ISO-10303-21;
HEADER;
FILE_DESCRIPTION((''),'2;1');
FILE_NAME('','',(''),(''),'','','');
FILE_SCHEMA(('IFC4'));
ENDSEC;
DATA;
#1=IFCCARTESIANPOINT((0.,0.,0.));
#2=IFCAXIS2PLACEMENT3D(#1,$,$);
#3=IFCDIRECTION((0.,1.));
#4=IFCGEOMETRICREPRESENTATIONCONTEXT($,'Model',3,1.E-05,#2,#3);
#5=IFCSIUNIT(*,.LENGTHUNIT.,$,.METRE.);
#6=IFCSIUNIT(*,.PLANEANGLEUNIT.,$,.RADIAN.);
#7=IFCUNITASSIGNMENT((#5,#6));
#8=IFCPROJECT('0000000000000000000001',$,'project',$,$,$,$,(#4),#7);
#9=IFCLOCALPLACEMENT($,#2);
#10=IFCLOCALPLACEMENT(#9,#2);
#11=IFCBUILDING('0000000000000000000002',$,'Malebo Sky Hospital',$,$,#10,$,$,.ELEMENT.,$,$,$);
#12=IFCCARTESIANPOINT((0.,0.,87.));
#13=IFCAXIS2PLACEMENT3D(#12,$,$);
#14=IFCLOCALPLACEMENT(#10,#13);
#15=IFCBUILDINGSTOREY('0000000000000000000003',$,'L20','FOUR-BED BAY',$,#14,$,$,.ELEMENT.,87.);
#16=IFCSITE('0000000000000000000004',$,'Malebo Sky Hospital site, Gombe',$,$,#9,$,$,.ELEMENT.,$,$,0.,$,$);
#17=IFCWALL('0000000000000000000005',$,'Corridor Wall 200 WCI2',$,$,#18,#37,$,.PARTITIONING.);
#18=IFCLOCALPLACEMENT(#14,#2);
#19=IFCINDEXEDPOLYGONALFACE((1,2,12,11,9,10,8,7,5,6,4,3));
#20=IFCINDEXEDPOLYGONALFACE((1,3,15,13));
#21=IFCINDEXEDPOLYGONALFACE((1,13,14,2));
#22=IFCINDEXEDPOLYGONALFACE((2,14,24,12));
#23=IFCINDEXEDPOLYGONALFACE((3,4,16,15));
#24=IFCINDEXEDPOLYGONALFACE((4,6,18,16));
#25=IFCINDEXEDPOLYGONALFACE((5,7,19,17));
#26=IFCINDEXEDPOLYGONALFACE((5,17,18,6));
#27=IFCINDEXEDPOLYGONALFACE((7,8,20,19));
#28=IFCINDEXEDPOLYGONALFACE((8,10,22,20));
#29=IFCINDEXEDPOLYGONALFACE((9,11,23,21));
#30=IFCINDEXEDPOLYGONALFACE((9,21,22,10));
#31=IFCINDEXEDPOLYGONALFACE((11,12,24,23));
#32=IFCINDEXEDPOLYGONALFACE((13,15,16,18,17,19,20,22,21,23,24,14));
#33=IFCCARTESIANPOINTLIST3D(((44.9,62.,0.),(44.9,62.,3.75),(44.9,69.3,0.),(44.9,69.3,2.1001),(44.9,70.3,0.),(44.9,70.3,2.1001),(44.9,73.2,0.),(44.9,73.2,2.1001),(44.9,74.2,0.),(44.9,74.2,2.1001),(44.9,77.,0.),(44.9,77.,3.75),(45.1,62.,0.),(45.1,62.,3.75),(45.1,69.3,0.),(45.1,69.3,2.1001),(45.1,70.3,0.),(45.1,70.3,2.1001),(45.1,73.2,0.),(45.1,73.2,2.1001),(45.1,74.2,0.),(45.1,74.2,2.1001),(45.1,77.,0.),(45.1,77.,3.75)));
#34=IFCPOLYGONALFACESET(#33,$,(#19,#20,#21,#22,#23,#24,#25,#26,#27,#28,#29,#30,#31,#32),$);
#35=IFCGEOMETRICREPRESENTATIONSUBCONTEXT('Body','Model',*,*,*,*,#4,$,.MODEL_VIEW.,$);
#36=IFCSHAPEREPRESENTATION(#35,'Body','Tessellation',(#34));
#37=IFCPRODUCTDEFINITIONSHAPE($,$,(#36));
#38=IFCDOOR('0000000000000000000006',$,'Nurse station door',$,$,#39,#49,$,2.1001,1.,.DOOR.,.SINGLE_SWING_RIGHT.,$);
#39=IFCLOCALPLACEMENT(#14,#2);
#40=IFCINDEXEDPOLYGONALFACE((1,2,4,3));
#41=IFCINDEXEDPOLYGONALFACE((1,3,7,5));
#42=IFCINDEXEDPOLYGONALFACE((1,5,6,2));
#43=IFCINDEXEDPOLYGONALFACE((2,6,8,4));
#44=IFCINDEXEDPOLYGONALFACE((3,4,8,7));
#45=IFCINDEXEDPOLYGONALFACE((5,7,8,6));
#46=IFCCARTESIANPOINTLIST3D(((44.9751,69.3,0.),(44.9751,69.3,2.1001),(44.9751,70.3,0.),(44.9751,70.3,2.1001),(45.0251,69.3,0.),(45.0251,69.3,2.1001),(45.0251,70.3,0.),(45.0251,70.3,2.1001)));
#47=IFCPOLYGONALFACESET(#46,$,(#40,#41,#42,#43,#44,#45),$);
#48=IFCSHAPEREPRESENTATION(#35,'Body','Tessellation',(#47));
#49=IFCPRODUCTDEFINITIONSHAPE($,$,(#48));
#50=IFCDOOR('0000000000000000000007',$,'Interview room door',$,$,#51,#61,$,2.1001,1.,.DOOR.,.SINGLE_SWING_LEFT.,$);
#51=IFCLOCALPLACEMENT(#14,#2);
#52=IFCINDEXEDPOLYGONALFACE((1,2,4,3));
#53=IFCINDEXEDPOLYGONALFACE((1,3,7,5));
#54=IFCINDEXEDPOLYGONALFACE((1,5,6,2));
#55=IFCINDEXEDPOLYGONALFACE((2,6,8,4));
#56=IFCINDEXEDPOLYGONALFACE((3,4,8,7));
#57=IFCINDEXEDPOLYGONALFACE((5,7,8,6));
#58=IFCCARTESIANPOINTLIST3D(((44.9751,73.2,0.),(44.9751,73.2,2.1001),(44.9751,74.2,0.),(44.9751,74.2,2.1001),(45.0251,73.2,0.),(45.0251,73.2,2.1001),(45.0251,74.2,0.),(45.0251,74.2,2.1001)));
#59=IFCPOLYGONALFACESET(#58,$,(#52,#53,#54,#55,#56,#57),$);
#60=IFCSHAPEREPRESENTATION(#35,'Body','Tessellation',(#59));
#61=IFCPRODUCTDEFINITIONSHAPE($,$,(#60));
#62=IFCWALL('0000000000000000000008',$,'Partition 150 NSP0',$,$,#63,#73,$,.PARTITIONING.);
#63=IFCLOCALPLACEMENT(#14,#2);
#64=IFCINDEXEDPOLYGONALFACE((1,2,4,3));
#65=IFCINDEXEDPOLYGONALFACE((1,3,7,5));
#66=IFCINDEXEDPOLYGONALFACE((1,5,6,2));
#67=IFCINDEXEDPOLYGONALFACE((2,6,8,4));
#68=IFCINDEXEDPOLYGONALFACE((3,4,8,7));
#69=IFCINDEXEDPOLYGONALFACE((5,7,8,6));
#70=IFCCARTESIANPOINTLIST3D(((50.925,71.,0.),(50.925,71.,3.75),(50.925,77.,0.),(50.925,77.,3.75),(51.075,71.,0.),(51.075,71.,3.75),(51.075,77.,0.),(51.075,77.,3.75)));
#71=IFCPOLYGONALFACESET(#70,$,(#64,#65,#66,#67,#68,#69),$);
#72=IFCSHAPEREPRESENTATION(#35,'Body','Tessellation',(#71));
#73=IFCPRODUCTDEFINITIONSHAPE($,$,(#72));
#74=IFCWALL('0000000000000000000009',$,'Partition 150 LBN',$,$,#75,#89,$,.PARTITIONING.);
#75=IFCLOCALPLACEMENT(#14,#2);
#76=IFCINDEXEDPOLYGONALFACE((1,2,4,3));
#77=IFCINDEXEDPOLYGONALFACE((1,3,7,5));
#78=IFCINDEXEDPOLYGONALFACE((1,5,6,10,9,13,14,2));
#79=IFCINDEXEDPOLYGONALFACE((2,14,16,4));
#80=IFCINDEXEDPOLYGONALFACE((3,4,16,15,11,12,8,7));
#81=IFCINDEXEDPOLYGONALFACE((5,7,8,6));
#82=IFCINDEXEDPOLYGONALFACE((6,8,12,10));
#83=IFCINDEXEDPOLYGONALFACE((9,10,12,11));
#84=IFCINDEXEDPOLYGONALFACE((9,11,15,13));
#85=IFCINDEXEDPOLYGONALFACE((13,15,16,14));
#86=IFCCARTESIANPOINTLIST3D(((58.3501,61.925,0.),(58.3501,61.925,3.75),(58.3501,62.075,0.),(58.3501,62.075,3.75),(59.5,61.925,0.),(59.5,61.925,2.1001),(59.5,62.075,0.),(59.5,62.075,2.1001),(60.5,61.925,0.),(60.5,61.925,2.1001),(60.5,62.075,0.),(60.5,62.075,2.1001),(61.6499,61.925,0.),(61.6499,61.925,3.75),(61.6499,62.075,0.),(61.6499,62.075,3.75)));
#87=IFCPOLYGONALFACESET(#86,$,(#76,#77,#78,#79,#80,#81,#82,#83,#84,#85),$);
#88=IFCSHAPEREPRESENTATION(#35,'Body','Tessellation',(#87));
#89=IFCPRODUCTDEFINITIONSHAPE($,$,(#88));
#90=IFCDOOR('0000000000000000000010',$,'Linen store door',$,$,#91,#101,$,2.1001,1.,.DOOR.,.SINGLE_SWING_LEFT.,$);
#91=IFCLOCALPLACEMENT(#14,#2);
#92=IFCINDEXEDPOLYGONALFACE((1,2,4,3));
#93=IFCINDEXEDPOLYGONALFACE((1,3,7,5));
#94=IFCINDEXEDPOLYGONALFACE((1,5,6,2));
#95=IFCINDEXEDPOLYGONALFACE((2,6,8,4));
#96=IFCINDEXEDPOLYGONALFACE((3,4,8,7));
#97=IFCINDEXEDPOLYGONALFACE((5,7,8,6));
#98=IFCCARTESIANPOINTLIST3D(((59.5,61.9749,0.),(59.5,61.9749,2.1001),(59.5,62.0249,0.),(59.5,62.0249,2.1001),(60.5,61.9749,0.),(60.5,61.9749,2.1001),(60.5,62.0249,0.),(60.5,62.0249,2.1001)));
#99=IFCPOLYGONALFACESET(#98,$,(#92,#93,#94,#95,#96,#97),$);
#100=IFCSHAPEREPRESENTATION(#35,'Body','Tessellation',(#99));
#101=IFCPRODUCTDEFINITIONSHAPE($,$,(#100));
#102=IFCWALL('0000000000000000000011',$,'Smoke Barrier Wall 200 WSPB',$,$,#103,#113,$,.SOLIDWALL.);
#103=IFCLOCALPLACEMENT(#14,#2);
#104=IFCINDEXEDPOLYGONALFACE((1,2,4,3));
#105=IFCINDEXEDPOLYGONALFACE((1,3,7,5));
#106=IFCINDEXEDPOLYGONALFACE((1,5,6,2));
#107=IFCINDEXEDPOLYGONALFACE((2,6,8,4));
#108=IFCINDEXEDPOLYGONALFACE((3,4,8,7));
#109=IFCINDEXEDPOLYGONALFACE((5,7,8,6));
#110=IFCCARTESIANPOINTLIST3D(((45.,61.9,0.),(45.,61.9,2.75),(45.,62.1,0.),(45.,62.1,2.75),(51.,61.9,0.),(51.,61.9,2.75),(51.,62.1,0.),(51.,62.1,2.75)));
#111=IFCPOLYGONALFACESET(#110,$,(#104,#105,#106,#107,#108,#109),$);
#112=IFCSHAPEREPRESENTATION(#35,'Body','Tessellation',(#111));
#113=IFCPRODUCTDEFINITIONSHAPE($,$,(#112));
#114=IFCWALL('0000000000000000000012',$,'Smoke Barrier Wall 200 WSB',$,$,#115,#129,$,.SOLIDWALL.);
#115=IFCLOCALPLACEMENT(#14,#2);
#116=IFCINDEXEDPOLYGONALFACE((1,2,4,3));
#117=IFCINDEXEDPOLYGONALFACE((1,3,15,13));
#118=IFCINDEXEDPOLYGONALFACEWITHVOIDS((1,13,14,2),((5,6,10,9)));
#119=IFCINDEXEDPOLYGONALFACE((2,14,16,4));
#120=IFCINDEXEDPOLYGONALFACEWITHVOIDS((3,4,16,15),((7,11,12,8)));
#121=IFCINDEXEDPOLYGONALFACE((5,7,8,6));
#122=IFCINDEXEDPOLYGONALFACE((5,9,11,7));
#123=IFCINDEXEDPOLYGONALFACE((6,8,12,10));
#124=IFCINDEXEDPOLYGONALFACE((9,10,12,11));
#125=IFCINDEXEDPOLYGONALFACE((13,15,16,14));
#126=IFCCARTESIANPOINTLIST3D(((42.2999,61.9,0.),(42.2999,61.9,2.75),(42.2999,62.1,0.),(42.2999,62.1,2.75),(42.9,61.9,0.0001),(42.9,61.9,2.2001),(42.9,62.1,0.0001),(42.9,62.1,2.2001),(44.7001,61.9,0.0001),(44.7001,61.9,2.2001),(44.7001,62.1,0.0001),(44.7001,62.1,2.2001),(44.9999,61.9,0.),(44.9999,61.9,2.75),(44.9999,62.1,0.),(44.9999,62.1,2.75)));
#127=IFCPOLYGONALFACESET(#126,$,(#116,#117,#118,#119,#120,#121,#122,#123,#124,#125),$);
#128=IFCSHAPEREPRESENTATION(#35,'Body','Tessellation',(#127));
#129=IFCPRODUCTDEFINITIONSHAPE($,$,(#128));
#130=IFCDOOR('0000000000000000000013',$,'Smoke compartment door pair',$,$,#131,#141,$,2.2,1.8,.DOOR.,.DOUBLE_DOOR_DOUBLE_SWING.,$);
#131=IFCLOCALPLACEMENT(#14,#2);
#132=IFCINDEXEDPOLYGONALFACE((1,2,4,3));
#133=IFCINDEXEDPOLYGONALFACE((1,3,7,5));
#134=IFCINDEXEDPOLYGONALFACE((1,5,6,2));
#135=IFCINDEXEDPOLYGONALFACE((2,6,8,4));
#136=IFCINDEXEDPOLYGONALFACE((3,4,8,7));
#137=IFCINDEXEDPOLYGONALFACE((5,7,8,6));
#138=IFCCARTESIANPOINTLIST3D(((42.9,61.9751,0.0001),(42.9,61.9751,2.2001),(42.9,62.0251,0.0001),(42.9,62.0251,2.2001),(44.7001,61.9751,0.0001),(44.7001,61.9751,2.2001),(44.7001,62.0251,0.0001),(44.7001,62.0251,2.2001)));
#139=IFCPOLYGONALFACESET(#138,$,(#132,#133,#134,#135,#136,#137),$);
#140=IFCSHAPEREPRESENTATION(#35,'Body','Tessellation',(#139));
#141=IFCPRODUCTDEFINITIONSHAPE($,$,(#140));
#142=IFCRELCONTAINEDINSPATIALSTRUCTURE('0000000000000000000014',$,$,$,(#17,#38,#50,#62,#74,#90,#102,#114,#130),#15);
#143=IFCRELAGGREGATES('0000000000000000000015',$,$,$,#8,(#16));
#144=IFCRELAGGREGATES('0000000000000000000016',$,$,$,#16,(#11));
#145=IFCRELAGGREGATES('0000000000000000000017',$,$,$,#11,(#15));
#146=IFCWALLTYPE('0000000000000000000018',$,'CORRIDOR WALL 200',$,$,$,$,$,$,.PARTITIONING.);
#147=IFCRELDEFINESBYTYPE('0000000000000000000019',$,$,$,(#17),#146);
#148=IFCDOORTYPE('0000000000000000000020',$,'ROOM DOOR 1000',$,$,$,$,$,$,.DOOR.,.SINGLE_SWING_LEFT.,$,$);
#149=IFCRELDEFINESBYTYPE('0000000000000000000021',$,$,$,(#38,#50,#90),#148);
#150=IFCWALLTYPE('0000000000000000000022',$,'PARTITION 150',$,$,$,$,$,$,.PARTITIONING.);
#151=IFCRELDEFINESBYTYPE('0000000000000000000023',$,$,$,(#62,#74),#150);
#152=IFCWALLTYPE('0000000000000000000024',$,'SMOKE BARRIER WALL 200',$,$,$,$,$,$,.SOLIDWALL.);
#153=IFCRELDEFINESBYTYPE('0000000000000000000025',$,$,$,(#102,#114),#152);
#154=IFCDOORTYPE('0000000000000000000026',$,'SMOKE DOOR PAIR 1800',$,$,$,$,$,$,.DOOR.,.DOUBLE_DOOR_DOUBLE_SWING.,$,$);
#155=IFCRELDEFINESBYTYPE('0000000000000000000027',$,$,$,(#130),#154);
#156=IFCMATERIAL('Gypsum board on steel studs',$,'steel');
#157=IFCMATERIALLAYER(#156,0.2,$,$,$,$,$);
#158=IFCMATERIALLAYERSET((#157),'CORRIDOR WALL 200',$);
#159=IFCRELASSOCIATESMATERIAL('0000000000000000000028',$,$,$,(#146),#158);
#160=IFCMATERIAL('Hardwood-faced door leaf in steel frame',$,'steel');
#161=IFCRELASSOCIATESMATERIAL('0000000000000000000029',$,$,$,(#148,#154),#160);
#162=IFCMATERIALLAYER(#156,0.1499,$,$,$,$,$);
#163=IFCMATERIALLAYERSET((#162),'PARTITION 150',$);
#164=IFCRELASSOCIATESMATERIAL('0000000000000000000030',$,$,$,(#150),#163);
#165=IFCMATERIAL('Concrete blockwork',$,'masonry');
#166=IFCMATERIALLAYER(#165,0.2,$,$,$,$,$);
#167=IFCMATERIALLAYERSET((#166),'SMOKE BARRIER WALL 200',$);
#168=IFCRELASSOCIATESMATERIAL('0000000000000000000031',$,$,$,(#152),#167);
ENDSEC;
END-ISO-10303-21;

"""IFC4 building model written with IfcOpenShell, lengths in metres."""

from ifc_helpers import new_model, si_unit, direction, frame, frame_2d, origin, place, context, subcontext, project, spatial, rectangle, extrude, material, layer, layer_set, type_object, element, fill, save


model = new_model("IFC4")

# Units and contexts
model_context = context("Model", 3, precision=1e-05, world=origin(), true_north=direction((0.0, 1.0)))
body_context = subcontext(model_context, "Body", "Model", "MODEL_VIEW")
ifc_project = project(units=[si_unit("LENGTHUNIT", "METRE"), si_unit("PLANEANGLEUNIT", "RADIAN")], contexts=[model_context])

# Site, building, storey
site_placement = place(None, origin())
site = spatial("IfcSite", under=ifc_project, at=site_placement, Name="Malebo Sky Hospital site, Gombe", CompositionType="ELEMENT", RefElevation=0.0)
building_placement = place(site_placement, origin())
building = spatial("IfcBuilding", under=site, at=building_placement, Name="Malebo Sky Hospital", CompositionType="ELEMENT")
storey_placement = place(building_placement, frame((0.0, 0.0, 87.0)))
storey = spatial("IfcBuildingStorey", under=building, at=storey_placement, Name="L20", Description="FOUR-BED BAY", CompositionType="ELEMENT", Elevation=87.0)

# Shared definitions
ifc_material_1 = material(Name="Hardwood-faced door leaf in steel frame", Category="steel")

# Wall, openings, doors
ifc_material_2 = material(Name="Gypsum board on steel studs", Category="steel")
ifc_layer_1 = layer(ifc_material_2, 0.2)
ifc_layer_set_1 = layer_set([ifc_layer_1], Name="CORRIDOR WALL 200")
wall_type_1 = type_object("IfcWallType", Name="CORRIDOR WALL 200", PredefinedType="PARTITIONING", material=ifc_layer_set_1)
wall_1_placement = place(storey_placement, frame((45.0, 62.0, 0.0), z_axis=(0.0, 0.0, 1.0), x_axis=(0.0, 1.0, 0.0)))
wall_1 = element("IfcWall", 1, at=wall_1_placement, inside=storey, type_object=wall_type_1, Name="Corridor Wall 200 WCI2", PredefinedType="PARTITIONING", context=body_context, shape_type="SweptSolid", body=[
    extrude(rectangle(XDim=15.0, YDim=0.2, at=frame_2d((7.5, 0.0))), origin(), (0.0, 0.0, 1.0), 3.75),
])
opening_1_placement = place(wall_1_placement, frame((7.3, 0.0, 0.0)))
opening_1 = element("IfcOpeningElement", 2, at=opening_1_placement, cuts=wall_1, PredefinedType="OPENING", context=body_context, shape_type="SweptSolid", body=[
    extrude(rectangle(XDim=1.0, YDim=2.1001, at=frame_2d((0.5, 1.05))), frame((0.0, 0.1099, 0.0), z_axis=(0.0, -1.0, 0.0), x_axis=(1.0, 0.0, 0.0)), (0.0, 0.0, 1.0), 0.22),
])
opening_2_placement = place(wall_1_placement, frame((11.2, 0.0, 0.0)))
opening_2 = element("IfcOpeningElement", 3, at=opening_2_placement, cuts=wall_1, PredefinedType="OPENING", context=body_context, shape_type="SweptSolid", body=[
    extrude(rectangle(XDim=1.0, YDim=2.1001, at=frame_2d((0.5, 1.05))), frame((0.0, 0.1099, 0.0), z_axis=(0.0, -1.0, 0.0), x_axis=(1.0, 0.0, 0.0)), (0.0, 0.0, 1.0), 0.22),
])
door_type_1 = type_object("IfcDoorType", Name="ROOM DOOR 1000", OperationType="SINGLE_SWING_LEFT", PredefinedType="DOOR", material=ifc_material_1)
door_1_placement = place(opening_1_placement, origin())
door_1 = element("IfcDoor", 4, at=door_1_placement, inside=storey, type_object=door_type_1, Name="Nurse station door", OperationType="SINGLE_SWING_RIGHT", OverallHeight=2.1001, OverallWidth=1.0, PredefinedType="DOOR", context=body_context, shape_type="SweptSolid", body=[
    extrude(rectangle(XDim=1.0, YDim=2.1001, at=frame_2d((0.5, 1.05))), frame((0.0, 0.0249, 0.0), z_axis=(0.0, -1.0, 0.0), x_axis=(1.0, 0.0, 0.0)), (0.0, 0.0, 1.0), 0.05),
])
fill(opening_1, door_1)
door_2_placement = place(opening_2_placement, origin())
door_2 = element("IfcDoor", 5, at=door_2_placement, inside=storey, type_object=door_type_1, Name="Interview room door", OperationType="SINGLE_SWING_LEFT", OverallHeight=2.1001, OverallWidth=1.0, PredefinedType="DOOR", context=body_context, shape_type="SweptSolid", body=[
    extrude(rectangle(XDim=1.0, YDim=2.1001, at=frame_2d((0.5, 1.05))), frame((0.0, 0.0249, 0.0), z_axis=(0.0, -1.0, 0.0), x_axis=(1.0, 0.0, 0.0)), (0.0, 0.0, 1.0), 0.05),
])
fill(opening_2, door_2)

# Wall
ifc_layer_2 = layer(ifc_material_2, 0.1499)
ifc_layer_set_2 = layer_set([ifc_layer_2], Name="PARTITION 150")
wall_type_2 = type_object("IfcWallType", Name="PARTITION 150", PredefinedType="PARTITIONING", material=ifc_layer_set_2)
wall_2_placement = place(storey_placement, frame((51.0, 71.0, 0.0), z_axis=(0.0, 0.0, 1.0), x_axis=(0.0, 1.0, 0.0)))
element("IfcWall", 6, at=wall_2_placement, inside=storey, type_object=wall_type_2, Name="Partition 150 NSP0", PredefinedType="PARTITIONING", context=body_context, shape_type="SweptSolid", body=[
    extrude(rectangle(XDim=6.0, YDim=0.1499, at=frame_2d((3.0, 0.0))), origin(), (0.0, 0.0, 1.0), 3.75),
])

# Wall, opening, door
wall_3_placement = place(storey_placement, frame((58.3501, 62.0, 0.0), z_axis=(0.0, 0.0, 1.0), x_axis=(1.0, 0.0, 0.0)))
wall_3 = element("IfcWall", 7, at=wall_3_placement, inside=storey, type_object=wall_type_2, Name="Partition 150 LBN", PredefinedType="PARTITIONING", context=body_context, shape_type="SweptSolid", body=[
    extrude(rectangle(XDim=3.2998, YDim=0.1499, at=frame_2d((1.6499, 0.0))), origin(), (0.0, 0.0, 1.0), 3.75),
])
opening_3_placement = place(wall_3_placement, frame((1.1499, 0.0, 0.0)))
opening_3 = element("IfcOpeningElement", 8, at=opening_3_placement, cuts=wall_3, PredefinedType="OPENING", context=body_context, shape_type="SweptSolid", body=[
    extrude(rectangle(XDim=1.0, YDim=2.1001, at=frame_2d((0.5, 1.05))), frame((0.0, 0.085, 0.0), z_axis=(0.0, -1.0, 0.0), x_axis=(1.0, 0.0, 0.0)), (0.0, 0.0, 1.0), 0.1699),
])
door_3_placement = place(opening_3_placement, origin())
door_3 = element("IfcDoor", 9, at=door_3_placement, inside=storey, type_object=door_type_1, Name="Linen store door", OperationType="SINGLE_SWING_LEFT", OverallHeight=2.1001, OverallWidth=1.0, PredefinedType="DOOR", context=body_context, shape_type="SweptSolid", body=[
    extrude(rectangle(XDim=1.0, YDim=2.1001, at=frame_2d((0.5, 1.05))), frame((0.0, 0.0249, 0.0), z_axis=(0.0, -1.0, 0.0), x_axis=(1.0, 0.0, 0.0)), (0.0, 0.0, 1.0), 0.05),
])
fill(opening_3, door_3)

# Wall
ifc_material_3 = material(Name="Concrete blockwork", Category="masonry")
ifc_layer_3 = layer(ifc_material_3, 0.2)
ifc_layer_set_3 = layer_set([ifc_layer_3], Name="SMOKE BARRIER WALL 200")
wall_type_3 = type_object("IfcWallType", Name="SMOKE BARRIER WALL 200", PredefinedType="SOLIDWALL", material=ifc_layer_set_3)
wall_4_placement = place(storey_placement, frame((51.0, 62.0, 0.0), z_axis=(0.0, 0.0, 1.0), x_axis=(-1.0, 0.0, 0.0)))
element("IfcWall", 10, at=wall_4_placement, inside=storey, type_object=wall_type_3, Name="Smoke Barrier Wall 200 WSPB", PredefinedType="SOLIDWALL", context=body_context, shape_type="SweptSolid", body=[
    extrude(rectangle(XDim=6.0, YDim=0.2, at=frame_2d((3.0, 0.0))), origin(), (0.0, 0.0, 1.0), 2.75),
])

# Wall, opening, door
wall_5_placement = place(storey_placement, frame((45.0, 62.0, 0.0), z_axis=(0.0, 0.0, 1.0), x_axis=(-1.0, 0.0, 0.0)))
wall_5 = element("IfcWall", 11, at=wall_5_placement, inside=storey, type_object=wall_type_3, Name="Smoke Barrier Wall 200 WSB", PredefinedType="SOLIDWALL", context=body_context, shape_type="SweptSolid", body=[
    extrude(rectangle(XDim=2.7, YDim=0.2, at=frame_2d((1.3501, 0.0))), origin(), (0.0, 0.0, 1.0), 2.75),
])
opening_4_placement = place(wall_5_placement, frame((0.3, 0.0, 0.0)))
opening_4 = element("IfcOpeningElement", 12, at=opening_4_placement, cuts=wall_5, PredefinedType="OPENING", context=body_context, shape_type="SweptSolid", body=[
    extrude(rectangle(XDim=1.8, YDim=2.2, at=frame_2d((0.8999, 1.1001))), frame((0.0, 0.1099, 0.0), z_axis=(0.0, -1.0, 0.0), x_axis=(1.0, 0.0, 0.0)), (0.0, 0.0, 1.0), 0.22),
])
door_type_2 = type_object("IfcDoorType", Name="SMOKE DOOR PAIR 1800", OperationType="DOUBLE_DOOR_DOUBLE_SWING", PredefinedType="DOOR", material=ifc_material_1)
door_4_placement = place(opening_4_placement, origin())
door_4 = element("IfcDoor", 13, at=door_4_placement, inside=storey, type_object=door_type_2, Name="Smoke compartment door pair", OperationType="DOUBLE_DOOR_DOUBLE_SWING", OverallHeight=2.2, OverallWidth=1.8, PredefinedType="DOOR", context=body_context, shape_type="SweptSolid", body=[
    extrude(rectangle(XDim=1.8, YDim=2.2, at=frame_2d((0.8999, 1.1001))), frame((0.0, 0.0249, 0.0), z_axis=(0.0, -1.0, 0.0), x_axis=(1.0, 0.0, 0.0)), (0.0, 0.0, 1.0), 0.05),
])
fill(opening_4, door_4)

save(model, "model.ifc")
